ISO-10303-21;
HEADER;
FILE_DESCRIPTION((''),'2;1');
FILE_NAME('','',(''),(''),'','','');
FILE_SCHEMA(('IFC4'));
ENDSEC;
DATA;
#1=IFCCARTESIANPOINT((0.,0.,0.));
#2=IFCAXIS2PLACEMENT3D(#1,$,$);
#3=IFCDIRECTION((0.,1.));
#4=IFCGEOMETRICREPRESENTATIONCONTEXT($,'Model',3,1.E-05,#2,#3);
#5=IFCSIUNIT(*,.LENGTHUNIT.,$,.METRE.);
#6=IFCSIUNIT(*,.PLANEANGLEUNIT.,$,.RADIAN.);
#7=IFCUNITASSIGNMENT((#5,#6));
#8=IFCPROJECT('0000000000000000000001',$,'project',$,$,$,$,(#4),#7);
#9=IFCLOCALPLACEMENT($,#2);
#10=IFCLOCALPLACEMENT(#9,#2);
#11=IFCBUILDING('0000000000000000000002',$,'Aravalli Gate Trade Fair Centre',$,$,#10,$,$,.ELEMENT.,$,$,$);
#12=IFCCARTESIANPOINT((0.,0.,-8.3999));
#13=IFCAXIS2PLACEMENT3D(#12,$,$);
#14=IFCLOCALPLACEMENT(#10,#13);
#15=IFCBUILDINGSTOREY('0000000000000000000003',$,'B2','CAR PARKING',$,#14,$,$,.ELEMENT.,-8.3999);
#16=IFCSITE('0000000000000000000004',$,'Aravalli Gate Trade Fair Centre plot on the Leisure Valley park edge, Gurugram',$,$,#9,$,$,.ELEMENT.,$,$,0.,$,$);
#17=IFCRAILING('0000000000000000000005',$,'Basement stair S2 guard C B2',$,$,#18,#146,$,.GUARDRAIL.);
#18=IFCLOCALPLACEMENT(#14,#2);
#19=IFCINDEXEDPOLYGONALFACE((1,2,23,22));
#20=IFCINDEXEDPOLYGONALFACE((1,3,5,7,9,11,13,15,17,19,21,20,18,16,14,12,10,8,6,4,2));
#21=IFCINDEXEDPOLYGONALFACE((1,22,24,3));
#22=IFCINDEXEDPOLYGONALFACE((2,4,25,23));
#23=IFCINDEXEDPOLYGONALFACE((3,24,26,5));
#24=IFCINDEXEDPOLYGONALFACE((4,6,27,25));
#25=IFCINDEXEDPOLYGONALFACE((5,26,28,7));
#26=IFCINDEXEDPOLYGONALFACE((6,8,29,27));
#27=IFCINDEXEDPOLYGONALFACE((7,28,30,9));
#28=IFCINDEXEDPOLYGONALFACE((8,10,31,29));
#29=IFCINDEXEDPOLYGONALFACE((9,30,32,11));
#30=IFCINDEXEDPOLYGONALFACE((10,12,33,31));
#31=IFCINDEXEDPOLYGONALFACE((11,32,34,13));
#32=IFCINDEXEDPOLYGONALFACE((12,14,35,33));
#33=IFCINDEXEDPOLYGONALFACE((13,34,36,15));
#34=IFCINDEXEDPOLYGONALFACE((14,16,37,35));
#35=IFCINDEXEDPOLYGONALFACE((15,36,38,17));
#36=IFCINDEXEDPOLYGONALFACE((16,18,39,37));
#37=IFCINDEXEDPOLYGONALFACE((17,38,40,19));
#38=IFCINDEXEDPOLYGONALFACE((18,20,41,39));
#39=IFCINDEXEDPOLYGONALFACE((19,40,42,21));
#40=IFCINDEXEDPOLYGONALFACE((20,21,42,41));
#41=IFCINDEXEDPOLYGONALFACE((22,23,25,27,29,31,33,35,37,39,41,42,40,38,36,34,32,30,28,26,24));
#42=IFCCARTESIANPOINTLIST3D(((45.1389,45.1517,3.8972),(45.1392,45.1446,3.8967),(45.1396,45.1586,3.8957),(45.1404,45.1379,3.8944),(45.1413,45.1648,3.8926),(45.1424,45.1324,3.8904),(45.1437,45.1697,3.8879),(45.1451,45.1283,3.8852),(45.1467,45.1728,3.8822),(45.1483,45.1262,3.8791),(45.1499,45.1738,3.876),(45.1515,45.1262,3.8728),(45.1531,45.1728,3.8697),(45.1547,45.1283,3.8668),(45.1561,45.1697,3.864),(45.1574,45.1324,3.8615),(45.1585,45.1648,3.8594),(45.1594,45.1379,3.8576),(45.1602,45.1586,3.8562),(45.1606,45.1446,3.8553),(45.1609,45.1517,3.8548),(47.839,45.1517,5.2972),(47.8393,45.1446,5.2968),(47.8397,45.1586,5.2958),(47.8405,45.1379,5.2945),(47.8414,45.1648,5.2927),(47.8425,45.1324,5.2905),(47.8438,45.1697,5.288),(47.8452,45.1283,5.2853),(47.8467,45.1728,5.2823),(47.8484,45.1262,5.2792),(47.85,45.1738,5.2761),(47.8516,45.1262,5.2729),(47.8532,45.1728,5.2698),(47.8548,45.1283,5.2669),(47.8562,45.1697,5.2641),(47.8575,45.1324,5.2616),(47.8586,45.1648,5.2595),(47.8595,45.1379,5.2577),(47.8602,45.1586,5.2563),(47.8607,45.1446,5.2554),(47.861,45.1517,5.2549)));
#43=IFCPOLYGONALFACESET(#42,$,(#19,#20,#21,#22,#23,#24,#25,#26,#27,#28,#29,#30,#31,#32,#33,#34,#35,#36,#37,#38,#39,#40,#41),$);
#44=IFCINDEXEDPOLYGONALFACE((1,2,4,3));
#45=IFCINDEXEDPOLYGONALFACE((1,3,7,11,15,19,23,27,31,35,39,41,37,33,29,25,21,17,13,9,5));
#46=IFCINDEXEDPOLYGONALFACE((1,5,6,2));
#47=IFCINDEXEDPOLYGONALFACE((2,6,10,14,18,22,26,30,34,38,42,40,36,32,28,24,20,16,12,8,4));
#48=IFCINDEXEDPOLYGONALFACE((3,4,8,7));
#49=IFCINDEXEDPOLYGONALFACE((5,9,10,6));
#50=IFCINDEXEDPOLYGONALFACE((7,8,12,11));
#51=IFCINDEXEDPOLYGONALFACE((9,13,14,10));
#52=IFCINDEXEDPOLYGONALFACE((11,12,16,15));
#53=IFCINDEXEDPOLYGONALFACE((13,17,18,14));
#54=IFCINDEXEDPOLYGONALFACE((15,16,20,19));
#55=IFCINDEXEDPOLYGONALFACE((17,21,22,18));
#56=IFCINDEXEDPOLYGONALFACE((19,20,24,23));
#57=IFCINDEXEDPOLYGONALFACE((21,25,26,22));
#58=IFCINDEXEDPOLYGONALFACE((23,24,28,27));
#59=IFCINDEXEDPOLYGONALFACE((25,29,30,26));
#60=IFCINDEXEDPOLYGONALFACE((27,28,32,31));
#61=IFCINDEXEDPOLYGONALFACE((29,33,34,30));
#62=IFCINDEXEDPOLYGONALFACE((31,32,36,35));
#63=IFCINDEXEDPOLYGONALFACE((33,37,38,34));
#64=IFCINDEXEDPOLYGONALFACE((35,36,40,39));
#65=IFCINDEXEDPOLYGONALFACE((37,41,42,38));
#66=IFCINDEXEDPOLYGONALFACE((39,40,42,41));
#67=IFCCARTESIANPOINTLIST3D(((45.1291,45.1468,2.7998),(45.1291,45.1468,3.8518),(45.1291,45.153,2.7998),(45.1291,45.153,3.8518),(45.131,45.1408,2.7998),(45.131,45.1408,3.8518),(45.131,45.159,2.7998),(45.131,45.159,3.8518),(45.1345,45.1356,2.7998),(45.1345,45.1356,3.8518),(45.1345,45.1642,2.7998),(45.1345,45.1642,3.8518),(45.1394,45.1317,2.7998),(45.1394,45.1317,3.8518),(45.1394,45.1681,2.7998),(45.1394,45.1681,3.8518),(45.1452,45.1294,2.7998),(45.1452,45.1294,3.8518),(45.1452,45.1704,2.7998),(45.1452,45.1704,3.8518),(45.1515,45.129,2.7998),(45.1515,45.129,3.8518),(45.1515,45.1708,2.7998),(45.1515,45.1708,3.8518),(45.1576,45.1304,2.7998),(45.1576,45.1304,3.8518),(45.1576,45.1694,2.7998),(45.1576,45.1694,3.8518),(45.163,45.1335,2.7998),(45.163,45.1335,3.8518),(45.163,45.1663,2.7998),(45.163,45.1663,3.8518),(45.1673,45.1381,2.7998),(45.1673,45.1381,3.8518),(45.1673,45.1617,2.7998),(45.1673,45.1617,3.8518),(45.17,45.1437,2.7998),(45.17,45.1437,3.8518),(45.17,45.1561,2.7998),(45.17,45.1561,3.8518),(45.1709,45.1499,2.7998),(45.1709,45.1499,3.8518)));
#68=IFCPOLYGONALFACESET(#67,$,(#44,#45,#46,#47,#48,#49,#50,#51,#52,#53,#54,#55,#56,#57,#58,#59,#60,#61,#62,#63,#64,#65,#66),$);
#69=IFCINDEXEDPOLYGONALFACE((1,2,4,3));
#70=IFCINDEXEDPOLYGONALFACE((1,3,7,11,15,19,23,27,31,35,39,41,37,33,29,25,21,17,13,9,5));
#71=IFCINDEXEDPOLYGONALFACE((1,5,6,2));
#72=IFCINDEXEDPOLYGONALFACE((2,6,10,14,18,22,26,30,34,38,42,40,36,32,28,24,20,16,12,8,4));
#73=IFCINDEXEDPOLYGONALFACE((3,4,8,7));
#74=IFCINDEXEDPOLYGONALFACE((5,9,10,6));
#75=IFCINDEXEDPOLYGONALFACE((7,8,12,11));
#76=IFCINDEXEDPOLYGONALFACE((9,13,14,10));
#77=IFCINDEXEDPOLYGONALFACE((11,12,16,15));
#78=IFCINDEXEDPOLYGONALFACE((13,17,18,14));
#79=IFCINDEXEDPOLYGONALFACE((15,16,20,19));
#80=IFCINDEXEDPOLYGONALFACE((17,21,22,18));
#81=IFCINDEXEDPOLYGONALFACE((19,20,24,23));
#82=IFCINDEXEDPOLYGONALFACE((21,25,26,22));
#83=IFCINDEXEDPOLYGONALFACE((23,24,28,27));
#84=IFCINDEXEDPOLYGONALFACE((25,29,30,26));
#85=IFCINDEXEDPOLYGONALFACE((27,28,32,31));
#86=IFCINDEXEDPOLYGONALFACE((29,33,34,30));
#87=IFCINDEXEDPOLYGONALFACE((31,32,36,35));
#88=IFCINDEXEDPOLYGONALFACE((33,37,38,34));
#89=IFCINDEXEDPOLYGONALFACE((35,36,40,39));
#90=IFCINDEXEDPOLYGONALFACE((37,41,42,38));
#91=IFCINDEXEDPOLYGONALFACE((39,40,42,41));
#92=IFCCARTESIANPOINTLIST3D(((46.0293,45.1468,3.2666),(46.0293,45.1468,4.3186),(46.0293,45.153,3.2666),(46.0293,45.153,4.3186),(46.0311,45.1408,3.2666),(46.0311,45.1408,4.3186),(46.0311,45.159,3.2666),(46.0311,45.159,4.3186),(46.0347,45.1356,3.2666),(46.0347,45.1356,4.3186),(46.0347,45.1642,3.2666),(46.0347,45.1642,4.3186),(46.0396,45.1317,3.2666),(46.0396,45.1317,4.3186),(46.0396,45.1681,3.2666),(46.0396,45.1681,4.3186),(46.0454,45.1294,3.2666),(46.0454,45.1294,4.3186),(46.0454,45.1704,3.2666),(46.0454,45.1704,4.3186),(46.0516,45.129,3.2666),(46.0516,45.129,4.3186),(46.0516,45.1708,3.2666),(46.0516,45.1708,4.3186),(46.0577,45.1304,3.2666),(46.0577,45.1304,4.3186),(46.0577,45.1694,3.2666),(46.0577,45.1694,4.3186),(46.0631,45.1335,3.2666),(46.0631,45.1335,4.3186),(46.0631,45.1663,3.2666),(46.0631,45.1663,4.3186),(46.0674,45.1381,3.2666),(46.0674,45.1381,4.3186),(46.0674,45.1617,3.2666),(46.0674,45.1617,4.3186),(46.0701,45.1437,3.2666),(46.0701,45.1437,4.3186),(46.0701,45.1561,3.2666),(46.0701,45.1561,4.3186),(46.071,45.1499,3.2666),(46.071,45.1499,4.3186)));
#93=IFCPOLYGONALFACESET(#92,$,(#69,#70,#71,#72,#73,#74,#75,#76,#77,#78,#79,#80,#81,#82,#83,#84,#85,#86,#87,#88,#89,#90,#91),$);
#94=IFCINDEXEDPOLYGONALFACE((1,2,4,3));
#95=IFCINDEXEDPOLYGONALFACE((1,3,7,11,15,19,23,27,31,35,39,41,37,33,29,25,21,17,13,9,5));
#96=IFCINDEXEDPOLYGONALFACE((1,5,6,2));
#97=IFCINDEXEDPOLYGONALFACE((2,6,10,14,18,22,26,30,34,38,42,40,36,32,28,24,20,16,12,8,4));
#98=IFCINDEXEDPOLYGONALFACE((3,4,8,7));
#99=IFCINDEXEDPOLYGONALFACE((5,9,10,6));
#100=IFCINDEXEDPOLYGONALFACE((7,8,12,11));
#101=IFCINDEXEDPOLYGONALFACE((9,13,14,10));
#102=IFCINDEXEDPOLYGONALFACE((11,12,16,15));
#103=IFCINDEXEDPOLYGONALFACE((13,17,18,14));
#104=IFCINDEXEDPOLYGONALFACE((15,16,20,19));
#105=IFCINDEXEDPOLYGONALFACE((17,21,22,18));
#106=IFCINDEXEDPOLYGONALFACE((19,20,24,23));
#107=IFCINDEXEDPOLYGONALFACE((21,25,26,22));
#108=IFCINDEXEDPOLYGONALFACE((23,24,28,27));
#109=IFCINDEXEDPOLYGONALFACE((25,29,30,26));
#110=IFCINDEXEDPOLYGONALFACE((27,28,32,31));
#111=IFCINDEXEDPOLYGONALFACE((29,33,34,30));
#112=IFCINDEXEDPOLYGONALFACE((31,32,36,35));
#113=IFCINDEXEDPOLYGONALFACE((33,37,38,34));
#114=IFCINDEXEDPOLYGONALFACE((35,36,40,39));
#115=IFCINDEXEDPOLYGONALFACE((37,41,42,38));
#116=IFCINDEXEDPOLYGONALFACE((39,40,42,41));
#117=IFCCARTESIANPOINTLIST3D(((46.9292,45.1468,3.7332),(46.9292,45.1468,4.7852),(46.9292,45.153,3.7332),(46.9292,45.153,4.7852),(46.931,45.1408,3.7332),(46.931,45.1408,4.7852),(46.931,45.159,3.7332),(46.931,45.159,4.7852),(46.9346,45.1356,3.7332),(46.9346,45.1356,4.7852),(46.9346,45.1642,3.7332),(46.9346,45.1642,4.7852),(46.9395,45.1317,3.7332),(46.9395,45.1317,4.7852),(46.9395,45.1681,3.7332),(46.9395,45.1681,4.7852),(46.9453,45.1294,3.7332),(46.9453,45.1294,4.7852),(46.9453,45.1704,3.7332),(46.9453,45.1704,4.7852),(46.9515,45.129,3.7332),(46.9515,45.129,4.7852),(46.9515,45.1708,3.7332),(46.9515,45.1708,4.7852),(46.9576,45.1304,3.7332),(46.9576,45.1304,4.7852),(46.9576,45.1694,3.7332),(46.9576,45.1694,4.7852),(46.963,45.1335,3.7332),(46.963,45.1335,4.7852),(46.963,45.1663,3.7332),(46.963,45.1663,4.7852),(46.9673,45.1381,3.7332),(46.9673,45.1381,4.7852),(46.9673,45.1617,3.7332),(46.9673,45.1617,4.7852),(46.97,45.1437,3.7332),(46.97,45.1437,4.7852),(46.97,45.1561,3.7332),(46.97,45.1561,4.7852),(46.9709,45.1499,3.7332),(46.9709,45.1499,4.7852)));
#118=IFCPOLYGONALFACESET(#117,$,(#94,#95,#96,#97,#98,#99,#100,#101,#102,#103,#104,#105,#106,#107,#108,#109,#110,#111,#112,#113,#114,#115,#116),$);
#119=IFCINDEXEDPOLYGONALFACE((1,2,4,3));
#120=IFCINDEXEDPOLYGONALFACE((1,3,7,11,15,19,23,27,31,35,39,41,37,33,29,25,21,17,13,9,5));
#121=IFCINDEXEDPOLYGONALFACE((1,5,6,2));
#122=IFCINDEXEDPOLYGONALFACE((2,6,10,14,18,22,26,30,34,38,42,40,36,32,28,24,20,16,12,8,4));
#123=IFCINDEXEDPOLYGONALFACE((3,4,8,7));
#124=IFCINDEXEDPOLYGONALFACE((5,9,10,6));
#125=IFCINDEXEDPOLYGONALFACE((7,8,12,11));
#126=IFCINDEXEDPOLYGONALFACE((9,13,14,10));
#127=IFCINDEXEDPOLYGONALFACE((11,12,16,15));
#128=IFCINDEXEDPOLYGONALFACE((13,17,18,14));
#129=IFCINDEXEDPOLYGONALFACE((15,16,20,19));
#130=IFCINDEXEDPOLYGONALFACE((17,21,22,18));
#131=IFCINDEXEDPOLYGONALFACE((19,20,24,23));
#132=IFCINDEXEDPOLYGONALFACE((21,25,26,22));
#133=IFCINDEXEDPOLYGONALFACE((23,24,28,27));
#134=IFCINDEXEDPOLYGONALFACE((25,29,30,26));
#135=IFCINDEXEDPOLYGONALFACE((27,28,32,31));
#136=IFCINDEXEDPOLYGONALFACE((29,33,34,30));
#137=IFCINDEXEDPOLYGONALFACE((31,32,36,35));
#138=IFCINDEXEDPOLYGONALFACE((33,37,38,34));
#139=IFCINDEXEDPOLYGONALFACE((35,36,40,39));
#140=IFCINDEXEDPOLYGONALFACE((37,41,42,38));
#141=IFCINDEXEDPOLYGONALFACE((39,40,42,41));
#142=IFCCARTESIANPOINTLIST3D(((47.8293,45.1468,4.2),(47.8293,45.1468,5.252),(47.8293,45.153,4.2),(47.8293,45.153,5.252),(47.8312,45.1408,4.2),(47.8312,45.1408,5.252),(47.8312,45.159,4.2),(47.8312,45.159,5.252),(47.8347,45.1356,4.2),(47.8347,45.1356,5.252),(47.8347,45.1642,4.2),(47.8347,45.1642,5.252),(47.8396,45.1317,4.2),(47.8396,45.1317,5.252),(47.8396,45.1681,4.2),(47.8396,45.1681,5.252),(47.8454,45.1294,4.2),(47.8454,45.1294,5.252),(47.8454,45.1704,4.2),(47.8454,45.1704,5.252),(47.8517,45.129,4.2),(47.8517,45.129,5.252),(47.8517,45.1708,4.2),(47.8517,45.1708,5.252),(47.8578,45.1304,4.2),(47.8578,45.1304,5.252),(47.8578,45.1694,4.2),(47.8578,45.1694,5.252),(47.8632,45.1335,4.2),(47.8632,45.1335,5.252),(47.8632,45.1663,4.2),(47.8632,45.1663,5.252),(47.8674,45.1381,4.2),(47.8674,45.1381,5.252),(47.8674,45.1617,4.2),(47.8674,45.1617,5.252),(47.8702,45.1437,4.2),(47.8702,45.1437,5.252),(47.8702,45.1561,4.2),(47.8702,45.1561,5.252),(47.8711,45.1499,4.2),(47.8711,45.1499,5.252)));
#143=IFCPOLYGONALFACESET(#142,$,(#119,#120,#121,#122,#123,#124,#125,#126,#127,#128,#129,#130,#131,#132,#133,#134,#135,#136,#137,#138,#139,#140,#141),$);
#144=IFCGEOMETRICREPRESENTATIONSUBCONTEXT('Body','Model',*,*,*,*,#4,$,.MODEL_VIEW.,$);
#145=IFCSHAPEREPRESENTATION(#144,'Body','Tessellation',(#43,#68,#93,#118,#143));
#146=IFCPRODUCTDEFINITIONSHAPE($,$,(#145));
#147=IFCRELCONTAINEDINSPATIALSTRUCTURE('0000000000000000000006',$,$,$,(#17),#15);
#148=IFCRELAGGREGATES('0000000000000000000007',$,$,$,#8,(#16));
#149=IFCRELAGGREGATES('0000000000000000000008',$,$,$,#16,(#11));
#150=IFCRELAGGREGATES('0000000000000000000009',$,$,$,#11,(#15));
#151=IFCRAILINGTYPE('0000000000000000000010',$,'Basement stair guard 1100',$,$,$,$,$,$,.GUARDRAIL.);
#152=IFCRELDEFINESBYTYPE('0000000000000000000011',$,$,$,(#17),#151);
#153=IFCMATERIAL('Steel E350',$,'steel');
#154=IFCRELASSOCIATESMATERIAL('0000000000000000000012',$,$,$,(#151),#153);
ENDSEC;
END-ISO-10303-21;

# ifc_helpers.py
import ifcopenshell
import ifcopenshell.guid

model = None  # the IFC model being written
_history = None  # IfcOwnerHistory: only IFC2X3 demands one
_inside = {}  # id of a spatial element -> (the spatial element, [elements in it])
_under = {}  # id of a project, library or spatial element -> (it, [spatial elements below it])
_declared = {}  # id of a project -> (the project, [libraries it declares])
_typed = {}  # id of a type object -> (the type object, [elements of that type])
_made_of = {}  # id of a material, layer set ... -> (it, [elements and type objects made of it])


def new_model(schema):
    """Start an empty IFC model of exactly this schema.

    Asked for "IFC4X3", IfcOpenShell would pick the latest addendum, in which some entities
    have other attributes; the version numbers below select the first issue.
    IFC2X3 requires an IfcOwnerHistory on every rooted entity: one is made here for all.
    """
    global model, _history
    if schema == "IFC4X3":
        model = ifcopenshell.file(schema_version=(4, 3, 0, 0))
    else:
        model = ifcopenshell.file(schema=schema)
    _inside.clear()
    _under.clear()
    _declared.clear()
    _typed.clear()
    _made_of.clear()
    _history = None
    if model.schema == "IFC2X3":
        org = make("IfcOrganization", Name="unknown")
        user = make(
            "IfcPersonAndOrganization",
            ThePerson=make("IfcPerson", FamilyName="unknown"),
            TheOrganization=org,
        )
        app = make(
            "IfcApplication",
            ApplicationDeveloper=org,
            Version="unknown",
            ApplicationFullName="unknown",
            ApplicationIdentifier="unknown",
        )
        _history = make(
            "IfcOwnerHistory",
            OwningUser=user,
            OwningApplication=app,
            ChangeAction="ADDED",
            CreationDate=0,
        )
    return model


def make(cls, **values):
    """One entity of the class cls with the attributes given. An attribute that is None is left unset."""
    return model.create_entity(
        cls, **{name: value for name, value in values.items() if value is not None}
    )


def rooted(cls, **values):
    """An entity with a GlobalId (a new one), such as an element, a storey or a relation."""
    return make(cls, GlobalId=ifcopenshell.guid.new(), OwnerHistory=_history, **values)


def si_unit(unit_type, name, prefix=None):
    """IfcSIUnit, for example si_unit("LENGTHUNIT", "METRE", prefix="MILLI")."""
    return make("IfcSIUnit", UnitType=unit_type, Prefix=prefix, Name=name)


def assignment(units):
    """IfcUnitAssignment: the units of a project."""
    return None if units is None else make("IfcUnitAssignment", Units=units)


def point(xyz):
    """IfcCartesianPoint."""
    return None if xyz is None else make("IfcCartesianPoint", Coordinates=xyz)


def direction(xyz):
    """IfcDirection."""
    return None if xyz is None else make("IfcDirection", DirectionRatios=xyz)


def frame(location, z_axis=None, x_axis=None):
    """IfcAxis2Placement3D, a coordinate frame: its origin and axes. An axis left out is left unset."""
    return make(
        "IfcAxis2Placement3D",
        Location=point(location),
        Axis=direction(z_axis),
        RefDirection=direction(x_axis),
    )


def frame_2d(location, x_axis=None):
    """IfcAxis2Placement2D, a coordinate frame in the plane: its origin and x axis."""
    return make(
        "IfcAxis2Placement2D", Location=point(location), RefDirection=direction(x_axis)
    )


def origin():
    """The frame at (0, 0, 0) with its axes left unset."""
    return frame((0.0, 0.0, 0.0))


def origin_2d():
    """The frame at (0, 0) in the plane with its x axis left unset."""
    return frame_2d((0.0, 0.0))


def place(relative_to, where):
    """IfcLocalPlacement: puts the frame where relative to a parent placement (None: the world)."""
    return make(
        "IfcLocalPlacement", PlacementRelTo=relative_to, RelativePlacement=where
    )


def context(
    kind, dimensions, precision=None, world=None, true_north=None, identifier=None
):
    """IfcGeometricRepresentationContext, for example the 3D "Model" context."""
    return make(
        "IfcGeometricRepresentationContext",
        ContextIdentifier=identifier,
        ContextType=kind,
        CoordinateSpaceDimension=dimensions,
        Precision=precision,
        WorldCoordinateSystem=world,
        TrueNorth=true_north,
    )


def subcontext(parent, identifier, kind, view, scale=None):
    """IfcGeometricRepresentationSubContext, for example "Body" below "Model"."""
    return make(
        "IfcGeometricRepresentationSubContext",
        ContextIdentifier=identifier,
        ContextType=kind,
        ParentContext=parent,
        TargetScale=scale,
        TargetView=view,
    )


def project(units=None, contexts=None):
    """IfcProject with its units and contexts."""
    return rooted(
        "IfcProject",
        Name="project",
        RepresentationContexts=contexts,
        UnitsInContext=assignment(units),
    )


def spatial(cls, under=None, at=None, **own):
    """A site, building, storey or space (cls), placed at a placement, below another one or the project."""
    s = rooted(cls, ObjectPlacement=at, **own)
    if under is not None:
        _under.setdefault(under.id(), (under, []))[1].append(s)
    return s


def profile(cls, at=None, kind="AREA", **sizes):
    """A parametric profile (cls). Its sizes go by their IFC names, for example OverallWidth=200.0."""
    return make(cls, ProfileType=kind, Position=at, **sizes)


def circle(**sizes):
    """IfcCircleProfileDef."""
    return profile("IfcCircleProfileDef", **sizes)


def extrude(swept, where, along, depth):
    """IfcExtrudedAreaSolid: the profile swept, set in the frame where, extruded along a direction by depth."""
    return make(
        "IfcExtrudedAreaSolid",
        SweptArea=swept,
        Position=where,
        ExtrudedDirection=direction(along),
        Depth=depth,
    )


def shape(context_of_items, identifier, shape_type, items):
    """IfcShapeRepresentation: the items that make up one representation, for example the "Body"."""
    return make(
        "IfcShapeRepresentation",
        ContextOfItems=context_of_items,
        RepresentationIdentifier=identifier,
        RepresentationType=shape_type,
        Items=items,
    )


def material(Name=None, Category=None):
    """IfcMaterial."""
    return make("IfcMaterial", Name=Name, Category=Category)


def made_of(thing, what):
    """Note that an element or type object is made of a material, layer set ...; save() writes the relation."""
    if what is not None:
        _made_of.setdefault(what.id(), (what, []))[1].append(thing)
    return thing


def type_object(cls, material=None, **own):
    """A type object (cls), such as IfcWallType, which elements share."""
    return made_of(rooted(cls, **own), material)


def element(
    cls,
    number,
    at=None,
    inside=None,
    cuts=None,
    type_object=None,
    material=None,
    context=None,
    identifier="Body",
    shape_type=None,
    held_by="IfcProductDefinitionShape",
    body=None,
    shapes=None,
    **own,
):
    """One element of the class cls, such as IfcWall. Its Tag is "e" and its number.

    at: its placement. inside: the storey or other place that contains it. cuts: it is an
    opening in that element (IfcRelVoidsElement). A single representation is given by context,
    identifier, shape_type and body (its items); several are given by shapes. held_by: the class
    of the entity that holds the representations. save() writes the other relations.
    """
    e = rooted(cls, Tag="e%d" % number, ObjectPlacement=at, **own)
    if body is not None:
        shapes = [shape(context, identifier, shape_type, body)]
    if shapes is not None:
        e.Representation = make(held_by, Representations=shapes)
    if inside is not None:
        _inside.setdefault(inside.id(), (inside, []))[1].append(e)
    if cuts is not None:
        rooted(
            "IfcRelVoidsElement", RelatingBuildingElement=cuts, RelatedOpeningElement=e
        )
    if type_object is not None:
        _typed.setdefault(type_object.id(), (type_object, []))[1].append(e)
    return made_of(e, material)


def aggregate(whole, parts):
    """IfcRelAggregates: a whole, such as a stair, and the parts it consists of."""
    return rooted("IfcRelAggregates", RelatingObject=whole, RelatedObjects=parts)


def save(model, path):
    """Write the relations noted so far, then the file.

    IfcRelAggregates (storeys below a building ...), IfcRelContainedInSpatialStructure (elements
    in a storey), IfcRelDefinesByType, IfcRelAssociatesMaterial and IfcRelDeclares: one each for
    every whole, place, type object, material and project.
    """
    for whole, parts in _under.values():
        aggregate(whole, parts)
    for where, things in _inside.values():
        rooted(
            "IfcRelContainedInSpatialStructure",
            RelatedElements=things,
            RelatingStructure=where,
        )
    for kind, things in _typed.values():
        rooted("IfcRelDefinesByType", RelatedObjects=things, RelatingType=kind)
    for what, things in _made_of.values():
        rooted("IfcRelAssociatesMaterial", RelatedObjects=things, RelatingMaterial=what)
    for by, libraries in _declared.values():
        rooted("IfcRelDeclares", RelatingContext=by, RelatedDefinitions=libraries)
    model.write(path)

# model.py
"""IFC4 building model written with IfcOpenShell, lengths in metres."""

from ifc_helpers import new_model, si_unit, direction, frame, origin, origin_2d, place, context, subcontext, project, spatial, circle, extrude, material, type_object, element, save


model = new_model("IFC4")

# Units and contexts
model_context = context("Model", 3, precision=1e-05, world=origin(), true_north=direction((0.0, 1.0)))
body_context = subcontext(model_context, "Body", "Model", "MODEL_VIEW")
ifc_project = project(units=[si_unit("LENGTHUNIT", "METRE"), si_unit("PLANEANGLEUNIT", "RADIAN")], contexts=[model_context])

# Site, building, storey
site_placement = place(None, origin())
site = spatial("IfcSite", under=ifc_project, at=site_placement, Name="Aravalli Gate Trade Fair Centre plot on the Leisure Valley park edge, Gurugram", CompositionType="ELEMENT", RefElevation=0.0)
building_placement = place(site_placement, origin())
building = spatial("IfcBuilding", under=site, at=building_placement, Name="Aravalli Gate Trade Fair Centre", CompositionType="ELEMENT")
storey_placement = place(building_placement, frame((0.0, 0.0, -8.3999)))
storey = spatial("IfcBuildingStorey", under=building, at=storey_placement, Name="B2", Description="CAR PARKING", CompositionType="ELEMENT", Elevation=-8.3999)

# Railing
ifc_material_1 = material(Name="Steel E350", Category="steel")
railing_type_1 = type_object("IfcRailingType", Name="Basement stair guard 1100", PredefinedType="GUARDRAIL", material=ifc_material_1)
railing_1_placement = place(storey_placement, frame((45.1499, 45.1499, 2.7998)))
element("IfcRailing", 1, at=railing_1_placement, inside=storey, type_object=railing_type_1, Name="Basement stair S2 guard C B2", PredefinedType="GUARDRAIL", context=body_context, shape_type="SweptSolid", body=[
    extrude(circle(Radius=0.0239, at=origin_2d()), frame((0.0, 0.0, 1.0762), z_axis=(0.887748, 0.0, 0.460329), x_axis=(0.0, 1.0, 0.0)), (0.0, 0.0, 1.0), 3.0415),
    extrude(circle(Radius=0.021, at=origin_2d()), origin(), (0.0, 0.0, 1.0), 1.052),
    extrude(circle(Radius=0.021, at=origin_2d()), frame((0.9001, 0.0, 0.4668)), (0.0, 0.0, 1.0), 1.052),
    extrude(circle(Radius=0.021, at=origin_2d()), frame((1.8, 0.0, 0.9333)), (0.0, 0.0, 1.0), 1.052),
    extrude(circle(Radius=0.021, at=origin_2d()), frame((2.7002, 0.0, 1.4001)), (0.0, 0.0, 1.0), 1.052),
])

save(model, "model.ifc")
